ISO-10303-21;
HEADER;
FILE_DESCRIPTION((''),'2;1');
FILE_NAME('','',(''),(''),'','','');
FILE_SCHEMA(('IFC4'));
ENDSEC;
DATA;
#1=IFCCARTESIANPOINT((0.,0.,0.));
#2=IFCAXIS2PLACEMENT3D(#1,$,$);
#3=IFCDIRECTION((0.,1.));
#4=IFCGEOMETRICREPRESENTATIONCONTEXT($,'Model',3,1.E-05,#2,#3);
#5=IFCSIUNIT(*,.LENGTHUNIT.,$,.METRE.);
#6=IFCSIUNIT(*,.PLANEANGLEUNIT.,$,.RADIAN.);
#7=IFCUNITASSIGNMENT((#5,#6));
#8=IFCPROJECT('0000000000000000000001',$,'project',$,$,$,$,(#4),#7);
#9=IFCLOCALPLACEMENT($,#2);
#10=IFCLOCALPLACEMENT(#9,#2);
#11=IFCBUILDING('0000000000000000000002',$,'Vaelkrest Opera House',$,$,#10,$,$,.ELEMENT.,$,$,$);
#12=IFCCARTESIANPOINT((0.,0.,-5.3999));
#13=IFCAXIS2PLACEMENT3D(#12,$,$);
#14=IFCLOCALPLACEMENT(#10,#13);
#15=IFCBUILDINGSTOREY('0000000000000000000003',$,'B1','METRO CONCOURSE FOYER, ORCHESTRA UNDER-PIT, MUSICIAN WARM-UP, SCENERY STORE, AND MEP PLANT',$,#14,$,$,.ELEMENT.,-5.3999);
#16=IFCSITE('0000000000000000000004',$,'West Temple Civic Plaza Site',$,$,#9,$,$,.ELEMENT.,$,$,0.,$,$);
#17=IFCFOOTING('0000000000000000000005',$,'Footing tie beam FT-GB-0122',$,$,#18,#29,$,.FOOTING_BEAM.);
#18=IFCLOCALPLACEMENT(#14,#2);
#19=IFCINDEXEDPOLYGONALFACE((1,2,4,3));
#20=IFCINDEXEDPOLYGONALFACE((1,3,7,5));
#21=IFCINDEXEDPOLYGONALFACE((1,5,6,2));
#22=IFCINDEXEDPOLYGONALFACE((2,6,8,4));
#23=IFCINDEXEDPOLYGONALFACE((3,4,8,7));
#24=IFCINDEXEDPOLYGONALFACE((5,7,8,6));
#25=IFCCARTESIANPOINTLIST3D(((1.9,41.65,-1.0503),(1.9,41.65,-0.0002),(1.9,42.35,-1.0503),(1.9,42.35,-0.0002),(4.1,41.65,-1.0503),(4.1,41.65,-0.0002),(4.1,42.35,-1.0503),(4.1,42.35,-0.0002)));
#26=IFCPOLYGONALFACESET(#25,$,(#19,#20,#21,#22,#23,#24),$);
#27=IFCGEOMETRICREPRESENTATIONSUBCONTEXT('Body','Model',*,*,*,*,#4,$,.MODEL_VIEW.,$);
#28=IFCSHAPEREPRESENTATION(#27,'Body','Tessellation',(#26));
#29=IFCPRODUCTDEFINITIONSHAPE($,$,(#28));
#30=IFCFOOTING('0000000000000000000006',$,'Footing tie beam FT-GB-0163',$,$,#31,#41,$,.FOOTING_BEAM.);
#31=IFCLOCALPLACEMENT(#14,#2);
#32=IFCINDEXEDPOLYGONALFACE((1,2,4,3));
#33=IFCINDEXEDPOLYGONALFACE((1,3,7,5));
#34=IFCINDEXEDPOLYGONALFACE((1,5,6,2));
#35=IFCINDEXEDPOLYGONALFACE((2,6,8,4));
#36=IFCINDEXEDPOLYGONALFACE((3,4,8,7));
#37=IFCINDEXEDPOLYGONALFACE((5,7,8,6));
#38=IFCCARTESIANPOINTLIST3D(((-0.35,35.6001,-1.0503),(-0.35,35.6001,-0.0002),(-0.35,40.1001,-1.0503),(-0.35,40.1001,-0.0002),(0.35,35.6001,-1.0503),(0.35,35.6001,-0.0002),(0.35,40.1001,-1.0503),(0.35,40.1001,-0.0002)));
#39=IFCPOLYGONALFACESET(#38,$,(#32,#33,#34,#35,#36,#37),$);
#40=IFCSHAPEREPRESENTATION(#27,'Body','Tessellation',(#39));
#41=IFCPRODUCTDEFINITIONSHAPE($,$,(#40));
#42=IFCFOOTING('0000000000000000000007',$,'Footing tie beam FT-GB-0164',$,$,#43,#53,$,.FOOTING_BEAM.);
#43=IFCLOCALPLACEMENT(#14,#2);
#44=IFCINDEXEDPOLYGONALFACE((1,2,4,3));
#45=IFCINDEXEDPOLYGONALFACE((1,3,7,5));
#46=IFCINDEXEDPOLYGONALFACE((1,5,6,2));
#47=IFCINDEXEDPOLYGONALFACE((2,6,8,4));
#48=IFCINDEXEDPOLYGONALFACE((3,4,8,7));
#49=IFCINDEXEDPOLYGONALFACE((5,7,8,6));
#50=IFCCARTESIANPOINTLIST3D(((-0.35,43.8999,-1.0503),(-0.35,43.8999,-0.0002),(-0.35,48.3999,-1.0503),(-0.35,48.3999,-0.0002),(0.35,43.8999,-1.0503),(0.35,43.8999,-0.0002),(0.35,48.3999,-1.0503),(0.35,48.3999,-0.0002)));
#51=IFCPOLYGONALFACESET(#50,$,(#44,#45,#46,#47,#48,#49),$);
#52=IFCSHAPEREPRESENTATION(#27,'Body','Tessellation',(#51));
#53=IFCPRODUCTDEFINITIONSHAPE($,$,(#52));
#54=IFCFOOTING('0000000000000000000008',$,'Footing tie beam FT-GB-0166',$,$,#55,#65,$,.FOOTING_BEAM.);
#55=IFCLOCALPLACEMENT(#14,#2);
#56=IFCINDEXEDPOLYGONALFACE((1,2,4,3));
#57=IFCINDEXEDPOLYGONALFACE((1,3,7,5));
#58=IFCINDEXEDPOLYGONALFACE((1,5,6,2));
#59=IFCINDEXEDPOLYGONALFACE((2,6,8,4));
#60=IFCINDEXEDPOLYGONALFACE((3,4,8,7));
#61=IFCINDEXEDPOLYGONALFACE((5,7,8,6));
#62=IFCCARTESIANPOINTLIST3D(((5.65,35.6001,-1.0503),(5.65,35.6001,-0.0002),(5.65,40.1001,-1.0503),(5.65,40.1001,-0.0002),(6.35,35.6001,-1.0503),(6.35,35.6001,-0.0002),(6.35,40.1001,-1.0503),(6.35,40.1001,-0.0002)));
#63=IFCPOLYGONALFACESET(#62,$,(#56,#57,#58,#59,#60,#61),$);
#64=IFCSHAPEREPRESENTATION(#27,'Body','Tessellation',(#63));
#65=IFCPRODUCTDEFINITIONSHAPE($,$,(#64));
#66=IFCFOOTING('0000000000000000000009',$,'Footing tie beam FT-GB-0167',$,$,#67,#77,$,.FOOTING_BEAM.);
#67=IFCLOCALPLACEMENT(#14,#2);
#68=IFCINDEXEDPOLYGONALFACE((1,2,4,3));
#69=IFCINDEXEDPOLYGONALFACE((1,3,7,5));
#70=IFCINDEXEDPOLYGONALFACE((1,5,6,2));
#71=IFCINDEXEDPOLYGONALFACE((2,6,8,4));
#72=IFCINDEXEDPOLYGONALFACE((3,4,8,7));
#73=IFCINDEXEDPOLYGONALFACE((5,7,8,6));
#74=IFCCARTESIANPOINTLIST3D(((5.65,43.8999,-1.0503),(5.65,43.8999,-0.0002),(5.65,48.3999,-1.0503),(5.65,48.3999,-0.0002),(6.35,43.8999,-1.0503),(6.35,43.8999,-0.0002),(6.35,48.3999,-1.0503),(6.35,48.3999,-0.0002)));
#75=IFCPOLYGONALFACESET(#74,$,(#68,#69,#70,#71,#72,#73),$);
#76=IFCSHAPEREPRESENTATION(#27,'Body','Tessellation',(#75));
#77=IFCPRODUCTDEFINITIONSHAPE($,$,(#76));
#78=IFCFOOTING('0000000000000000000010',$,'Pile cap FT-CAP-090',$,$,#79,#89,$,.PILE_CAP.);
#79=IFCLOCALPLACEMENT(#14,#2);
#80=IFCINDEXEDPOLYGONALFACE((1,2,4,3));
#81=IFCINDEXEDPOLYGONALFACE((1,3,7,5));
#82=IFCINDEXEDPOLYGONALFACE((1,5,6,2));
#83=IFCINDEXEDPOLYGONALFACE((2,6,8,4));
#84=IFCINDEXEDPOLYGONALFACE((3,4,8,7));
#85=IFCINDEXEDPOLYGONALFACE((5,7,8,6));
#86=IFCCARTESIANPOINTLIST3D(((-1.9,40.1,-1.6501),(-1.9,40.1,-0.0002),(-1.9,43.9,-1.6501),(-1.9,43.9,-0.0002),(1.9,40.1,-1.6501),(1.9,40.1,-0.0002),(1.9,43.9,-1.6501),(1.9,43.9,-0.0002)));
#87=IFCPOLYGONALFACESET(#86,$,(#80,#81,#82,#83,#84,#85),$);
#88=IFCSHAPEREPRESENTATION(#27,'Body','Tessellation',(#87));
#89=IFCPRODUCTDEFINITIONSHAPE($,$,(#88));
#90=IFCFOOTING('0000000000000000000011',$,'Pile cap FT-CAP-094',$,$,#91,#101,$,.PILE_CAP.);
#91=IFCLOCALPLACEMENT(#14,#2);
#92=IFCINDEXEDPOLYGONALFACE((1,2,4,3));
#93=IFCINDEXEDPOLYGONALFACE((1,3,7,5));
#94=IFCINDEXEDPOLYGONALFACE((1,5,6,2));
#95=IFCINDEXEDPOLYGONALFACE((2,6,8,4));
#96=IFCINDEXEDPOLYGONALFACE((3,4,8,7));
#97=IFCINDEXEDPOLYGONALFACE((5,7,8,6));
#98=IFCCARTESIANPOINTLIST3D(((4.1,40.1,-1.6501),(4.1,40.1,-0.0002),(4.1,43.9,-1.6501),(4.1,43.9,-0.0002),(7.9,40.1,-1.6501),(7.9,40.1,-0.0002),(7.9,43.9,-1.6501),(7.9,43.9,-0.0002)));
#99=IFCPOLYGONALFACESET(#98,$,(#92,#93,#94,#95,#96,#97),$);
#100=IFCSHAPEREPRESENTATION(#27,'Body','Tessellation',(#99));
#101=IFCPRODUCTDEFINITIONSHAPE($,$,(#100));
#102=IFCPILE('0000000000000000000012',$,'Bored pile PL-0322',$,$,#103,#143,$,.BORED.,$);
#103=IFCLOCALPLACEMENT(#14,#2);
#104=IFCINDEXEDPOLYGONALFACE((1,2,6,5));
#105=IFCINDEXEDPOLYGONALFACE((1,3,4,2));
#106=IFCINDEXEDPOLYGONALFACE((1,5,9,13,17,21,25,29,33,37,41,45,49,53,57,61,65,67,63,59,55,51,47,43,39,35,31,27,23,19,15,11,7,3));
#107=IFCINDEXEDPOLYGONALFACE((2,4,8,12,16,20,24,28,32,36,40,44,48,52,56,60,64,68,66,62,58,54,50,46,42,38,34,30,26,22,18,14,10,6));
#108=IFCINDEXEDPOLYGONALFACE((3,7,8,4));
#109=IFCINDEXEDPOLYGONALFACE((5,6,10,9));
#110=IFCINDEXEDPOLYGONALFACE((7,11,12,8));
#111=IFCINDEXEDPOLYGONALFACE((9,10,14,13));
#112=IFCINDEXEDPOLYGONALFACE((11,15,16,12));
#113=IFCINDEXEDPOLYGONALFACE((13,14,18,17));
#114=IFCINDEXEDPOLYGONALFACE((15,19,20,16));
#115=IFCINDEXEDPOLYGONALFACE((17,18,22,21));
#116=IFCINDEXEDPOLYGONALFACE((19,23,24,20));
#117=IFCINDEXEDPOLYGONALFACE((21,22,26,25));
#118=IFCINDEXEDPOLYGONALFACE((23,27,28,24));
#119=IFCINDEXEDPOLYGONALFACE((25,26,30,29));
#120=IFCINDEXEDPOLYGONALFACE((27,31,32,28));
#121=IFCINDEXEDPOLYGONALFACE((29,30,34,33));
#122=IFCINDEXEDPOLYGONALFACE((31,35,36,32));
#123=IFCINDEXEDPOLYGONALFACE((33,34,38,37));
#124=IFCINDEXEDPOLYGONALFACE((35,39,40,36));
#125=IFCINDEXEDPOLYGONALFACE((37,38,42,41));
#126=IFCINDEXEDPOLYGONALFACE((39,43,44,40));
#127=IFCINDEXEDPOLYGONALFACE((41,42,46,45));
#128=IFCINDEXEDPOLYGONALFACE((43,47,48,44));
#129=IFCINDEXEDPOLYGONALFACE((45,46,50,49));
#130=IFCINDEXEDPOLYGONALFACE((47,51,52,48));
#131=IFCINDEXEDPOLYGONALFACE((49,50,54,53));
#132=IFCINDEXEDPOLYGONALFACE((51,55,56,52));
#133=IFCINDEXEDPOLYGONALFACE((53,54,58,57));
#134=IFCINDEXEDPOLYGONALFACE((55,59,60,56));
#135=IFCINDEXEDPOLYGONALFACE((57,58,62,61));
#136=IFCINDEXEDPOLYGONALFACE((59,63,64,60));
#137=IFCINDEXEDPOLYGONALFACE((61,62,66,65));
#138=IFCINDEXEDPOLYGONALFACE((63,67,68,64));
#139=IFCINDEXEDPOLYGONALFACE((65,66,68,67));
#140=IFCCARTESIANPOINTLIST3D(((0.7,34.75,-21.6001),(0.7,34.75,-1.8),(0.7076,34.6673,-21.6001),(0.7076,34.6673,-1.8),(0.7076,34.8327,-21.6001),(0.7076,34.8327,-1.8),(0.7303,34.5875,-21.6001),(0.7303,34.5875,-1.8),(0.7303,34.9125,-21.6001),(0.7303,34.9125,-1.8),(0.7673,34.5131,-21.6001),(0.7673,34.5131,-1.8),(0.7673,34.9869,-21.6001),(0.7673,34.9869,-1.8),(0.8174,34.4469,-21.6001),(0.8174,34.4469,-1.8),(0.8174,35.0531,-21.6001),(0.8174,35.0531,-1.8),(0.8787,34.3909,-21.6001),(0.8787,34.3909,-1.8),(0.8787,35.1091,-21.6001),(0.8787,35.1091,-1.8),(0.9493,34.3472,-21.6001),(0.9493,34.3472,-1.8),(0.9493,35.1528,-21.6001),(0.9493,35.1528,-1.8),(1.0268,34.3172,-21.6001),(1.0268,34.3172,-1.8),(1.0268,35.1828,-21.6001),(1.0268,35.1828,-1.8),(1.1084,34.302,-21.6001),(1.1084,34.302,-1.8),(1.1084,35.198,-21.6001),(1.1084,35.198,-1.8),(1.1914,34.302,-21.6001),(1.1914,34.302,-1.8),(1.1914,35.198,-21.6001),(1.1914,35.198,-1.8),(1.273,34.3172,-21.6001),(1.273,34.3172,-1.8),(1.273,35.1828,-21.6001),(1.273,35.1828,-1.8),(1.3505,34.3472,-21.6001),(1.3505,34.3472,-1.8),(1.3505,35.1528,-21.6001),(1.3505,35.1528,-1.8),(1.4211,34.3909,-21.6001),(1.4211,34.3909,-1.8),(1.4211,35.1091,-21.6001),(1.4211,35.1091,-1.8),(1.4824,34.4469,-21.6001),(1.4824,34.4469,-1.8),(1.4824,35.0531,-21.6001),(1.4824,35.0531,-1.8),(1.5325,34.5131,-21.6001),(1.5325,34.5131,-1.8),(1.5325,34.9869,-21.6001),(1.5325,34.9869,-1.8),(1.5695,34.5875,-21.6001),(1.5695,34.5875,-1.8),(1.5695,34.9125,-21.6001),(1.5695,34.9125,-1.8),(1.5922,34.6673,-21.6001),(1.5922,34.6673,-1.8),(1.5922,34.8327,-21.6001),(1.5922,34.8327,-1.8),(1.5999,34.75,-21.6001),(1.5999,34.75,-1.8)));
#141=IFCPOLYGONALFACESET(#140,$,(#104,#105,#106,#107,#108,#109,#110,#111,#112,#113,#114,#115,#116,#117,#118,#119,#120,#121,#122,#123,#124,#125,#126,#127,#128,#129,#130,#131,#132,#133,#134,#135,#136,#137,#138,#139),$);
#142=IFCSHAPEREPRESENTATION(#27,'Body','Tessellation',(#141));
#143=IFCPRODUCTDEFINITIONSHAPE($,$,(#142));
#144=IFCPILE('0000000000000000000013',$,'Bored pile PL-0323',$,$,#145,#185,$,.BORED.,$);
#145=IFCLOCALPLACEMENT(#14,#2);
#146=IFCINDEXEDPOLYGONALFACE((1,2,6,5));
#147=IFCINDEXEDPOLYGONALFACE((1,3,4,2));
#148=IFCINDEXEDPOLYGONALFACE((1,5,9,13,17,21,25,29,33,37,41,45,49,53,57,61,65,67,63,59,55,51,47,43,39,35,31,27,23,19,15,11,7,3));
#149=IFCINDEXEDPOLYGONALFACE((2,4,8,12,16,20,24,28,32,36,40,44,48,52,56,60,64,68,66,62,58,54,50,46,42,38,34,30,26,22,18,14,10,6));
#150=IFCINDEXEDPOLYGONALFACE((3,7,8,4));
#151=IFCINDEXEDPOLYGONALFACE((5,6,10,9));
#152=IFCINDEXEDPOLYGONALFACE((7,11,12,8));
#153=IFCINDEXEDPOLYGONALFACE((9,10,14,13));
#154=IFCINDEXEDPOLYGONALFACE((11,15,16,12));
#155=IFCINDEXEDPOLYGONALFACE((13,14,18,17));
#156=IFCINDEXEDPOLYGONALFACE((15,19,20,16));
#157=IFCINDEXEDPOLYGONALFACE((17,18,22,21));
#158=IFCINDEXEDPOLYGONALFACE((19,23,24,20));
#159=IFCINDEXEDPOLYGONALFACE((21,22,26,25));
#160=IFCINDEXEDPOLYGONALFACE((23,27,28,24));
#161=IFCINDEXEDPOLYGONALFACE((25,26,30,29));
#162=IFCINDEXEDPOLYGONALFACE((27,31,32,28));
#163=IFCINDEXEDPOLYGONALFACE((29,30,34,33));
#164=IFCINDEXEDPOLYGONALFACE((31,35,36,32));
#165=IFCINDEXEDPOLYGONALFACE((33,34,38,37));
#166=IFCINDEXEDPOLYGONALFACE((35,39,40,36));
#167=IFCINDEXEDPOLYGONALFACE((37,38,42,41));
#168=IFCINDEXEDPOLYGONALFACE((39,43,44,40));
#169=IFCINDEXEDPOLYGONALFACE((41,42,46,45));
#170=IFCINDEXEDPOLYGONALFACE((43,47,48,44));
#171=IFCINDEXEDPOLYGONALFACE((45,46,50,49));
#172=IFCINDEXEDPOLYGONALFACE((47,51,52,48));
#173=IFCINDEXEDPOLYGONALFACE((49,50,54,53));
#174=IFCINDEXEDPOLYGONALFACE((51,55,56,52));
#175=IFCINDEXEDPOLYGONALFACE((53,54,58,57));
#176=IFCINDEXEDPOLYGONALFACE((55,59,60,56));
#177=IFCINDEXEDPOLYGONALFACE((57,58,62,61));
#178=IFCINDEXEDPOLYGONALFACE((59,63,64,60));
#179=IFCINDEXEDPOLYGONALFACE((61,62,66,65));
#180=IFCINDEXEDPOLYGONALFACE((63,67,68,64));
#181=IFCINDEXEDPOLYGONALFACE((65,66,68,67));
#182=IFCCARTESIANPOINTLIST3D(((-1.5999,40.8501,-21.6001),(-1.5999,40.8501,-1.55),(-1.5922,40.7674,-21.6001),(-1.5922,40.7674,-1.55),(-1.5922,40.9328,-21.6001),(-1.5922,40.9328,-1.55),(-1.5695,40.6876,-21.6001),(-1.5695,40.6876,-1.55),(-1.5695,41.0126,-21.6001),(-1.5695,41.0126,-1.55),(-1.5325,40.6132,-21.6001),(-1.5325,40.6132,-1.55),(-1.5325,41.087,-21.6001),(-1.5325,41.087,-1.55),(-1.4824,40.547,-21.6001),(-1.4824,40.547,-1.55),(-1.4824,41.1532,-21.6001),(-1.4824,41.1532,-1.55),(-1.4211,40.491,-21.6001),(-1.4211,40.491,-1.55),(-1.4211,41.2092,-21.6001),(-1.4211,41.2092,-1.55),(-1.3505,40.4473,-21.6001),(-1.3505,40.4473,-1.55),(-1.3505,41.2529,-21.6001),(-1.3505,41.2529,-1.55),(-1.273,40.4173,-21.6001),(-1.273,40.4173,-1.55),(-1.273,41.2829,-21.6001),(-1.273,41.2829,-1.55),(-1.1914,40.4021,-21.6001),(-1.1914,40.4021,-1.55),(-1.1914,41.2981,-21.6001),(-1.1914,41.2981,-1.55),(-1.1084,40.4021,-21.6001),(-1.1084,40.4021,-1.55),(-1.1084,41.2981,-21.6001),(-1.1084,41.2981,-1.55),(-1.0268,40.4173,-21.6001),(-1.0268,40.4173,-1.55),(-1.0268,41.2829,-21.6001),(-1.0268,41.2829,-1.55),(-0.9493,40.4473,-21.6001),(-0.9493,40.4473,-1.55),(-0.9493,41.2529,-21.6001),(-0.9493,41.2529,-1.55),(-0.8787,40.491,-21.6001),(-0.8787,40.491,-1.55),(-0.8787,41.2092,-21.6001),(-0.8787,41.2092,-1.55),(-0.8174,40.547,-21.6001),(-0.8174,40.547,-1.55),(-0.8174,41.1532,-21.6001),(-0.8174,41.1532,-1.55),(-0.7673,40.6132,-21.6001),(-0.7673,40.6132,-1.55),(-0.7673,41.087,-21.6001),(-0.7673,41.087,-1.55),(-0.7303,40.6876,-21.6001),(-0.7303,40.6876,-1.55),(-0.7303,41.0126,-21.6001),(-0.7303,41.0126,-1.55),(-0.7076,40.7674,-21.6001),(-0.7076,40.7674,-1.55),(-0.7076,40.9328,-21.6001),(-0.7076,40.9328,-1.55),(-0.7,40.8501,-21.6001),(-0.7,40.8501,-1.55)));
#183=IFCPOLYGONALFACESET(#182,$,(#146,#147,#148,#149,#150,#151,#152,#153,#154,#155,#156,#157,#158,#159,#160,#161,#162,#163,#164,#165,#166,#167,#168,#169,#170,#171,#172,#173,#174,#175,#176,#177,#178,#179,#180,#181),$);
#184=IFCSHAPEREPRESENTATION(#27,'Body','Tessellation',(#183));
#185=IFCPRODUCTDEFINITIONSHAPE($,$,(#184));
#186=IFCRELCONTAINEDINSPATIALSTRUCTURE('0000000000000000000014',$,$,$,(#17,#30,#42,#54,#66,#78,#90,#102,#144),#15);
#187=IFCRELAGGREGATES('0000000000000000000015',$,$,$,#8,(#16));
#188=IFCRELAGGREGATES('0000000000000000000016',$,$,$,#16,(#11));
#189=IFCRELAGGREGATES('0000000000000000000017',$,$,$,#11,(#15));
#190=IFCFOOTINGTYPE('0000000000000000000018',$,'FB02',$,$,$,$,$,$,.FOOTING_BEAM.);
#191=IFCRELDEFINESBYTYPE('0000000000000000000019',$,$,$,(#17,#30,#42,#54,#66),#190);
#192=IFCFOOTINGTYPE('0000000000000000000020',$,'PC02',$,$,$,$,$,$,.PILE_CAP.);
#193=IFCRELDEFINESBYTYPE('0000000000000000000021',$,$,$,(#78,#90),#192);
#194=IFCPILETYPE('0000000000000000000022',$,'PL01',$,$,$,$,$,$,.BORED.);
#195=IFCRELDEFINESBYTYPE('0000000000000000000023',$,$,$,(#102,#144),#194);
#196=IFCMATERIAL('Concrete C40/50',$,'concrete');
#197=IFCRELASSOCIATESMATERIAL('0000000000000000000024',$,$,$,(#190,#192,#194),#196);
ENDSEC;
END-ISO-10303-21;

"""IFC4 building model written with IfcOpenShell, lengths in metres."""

from ifc_helpers import new_model, si_unit, direction, frame, origin, origin_2d, place, context, subcontext, project, spatial, rectangle, circle, extrude, material, material_profile, profile_set, type_object, element, save


model = new_model("IFC4")

# Units and contexts
model_context = context("Model", 3, precision=1e-05, world=origin(), true_north=direction((0.0, 1.0)))
body_context = subcontext(model_context, "Body", "Model", "MODEL_VIEW")
ifc_project = project(units=[si_unit("LENGTHUNIT", "METRE"), si_unit("PLANEANGLEUNIT", "RADIAN")], contexts=[model_context])

# Site, building, storey
site_placement = place(None, origin())
site = spatial("IfcSite", under=ifc_project, at=site_placement, Name="West Temple Civic Plaza Site", CompositionType="ELEMENT", RefElevation=0.0)
building_placement = place(site_placement, origin())
building = spatial("IfcBuilding", under=site, at=building_placement, Name="Vaelkrest Opera House", CompositionType="ELEMENT")
storey_placement = place(building_placement, frame((0.0, 0.0, -5.3999)))
storey = spatial("IfcBuildingStorey", under=building, at=storey_placement, Name="B1", Description="METRO CONCOURSE FOYER, ORCHESTRA UNDER-PIT, MUSICIAN WARM-UP, SCENERY STORE, AND MEP PLANT", CompositionType="ELEMENT", Elevation=-5.3999)

# Footings
ifc_material_1 = material(Name="Concrete C40/50", Category="concrete")
footing_type_1 = type_object("IfcFootingType", Name="FB02", PredefinedType="FOOTING_BEAM", material=ifc_material_1)
footing_placement = place(storey_placement, frame((3.0, 42.0, -1.0503), z_axis=(0.0, 0.0, 1.0), x_axis=(1.0, 0.0, 0.0)))
element("IfcFooting", 1, at=footing_placement, inside=storey, type_object=footing_type_1, Name="Footing tie beam FT-GB-0122", PredefinedType="FOOTING_BEAM", context=body_context, shape_type="SweptSolid", body=[
    extrude(rectangle(XDim=2.2, YDim=0.7, at=origin_2d()), origin(), (0.0, 0.0, 1.0), 1.05),
])
for number, where, z_axis, x_axis, name in (
    (2, (0.0, 37.8501, -1.0503), (0.0, 0.0, 1.0), (0.0, 1.0, 0.0), "Footing tie beam FT-GB-0163"),
    (3, (0.0, 46.1499, -1.0503), (0.0, 0.0, 1.0), (0.0, 1.0, 0.0), "Footing tie beam FT-GB-0164"),
    (4, (6.0, 37.8501, -1.0503), (0.0, 0.0, 1.0), (0.0, 1.0, 0.0), "Footing tie beam FT-GB-0166"),
    (5, (6.0, 46.1499, -1.0503), (0.0, 0.0, 1.0), (0.0, 1.0, 0.0), "Footing tie beam FT-GB-0167"),
):
    element("IfcFooting", number, at=place(storey_placement, frame(where, z_axis=z_axis, x_axis=x_axis)), inside=storey, type_object=footing_type_1, Name=name, PredefinedType="FOOTING_BEAM", context=body_context, shape_type="SweptSolid", body=[
        extrude(rectangle(XDim=4.5, YDim=0.7, at=origin_2d()), origin(), (0.0, 0.0, 1.0), 1.05),
    ])
footing_type_2 = type_object("IfcFootingType", Name="PC02", PredefinedType="PILE_CAP", material=ifc_material_1)
for number, where, z_axis, x_axis, name in (
    (6, (0.0, 42.0, -1.6501), (0.0, 0.0, 1.0), (1.0, 0.0, 0.0), "Pile cap FT-CAP-090"),
    (7, (6.0, 42.0, -1.6501), (0.0, 0.0, 1.0), (1.0, 0.0, 0.0), "Pile cap FT-CAP-094"),
):
    element("IfcFooting", number, at=place(storey_placement, frame(where, z_axis=z_axis, x_axis=x_axis)), inside=storey, type_object=footing_type_2, Name=name, PredefinedType="PILE_CAP", context=body_context, shape_type="SweptSolid", body=[
        extrude(rectangle(XDim=3.8, YDim=3.8, at=origin_2d()), origin(), (0.0, 0.0, 1.0), 1.6499),
    ])

# Piles
ifc_material_profile_1 = material_profile(ifc_material_1, circle(Radius=0.45, at=origin_2d()), Name="PILE900")
ifc_profile_set_1 = profile_set([ifc_material_profile_1], Name="Concrete C40/50")
pile_type = type_object("IfcPileType", Name="PL01", PredefinedType="BORED", material=ifc_profile_set_1)
pile_1_placement = place(storey_placement, frame((1.1499, 34.75, -1.8), z_axis=(0.0, 0.0, -1.0), x_axis=(1.0, 0.0, 0.0)))
element("IfcPile", 8, at=pile_1_placement, inside=storey, type_object=pile_type, Name="Bored pile PL-0322", PredefinedType="BORED", context=body_context, shape_type="SweptSolid", body=[
    extrude(circle(Radius=0.45, at=origin_2d()), origin(), (0.0, 0.0, 1.0), 19.8),
])
for number, where, z_axis, x_axis, name in (
    (9, (-1.1499, 40.8501, -1.55), (0.0, 0.0, -1.0), (1.0, 0.0, 0.0), "Bored pile PL-0323"),
):
    element("IfcPile", number, at=place(storey_placement, frame(where, z_axis=z_axis, x_axis=x_axis)), inside=storey, type_object=pile_type, Name=name, PredefinedType="BORED", context=body_context, shape_type="SweptSolid", body=[
        extrude(circle(Radius=0.45, at=origin_2d()), origin(), (0.0, 0.0, 1.0), 20.05),
    ])

save(model, "model.ifc")
